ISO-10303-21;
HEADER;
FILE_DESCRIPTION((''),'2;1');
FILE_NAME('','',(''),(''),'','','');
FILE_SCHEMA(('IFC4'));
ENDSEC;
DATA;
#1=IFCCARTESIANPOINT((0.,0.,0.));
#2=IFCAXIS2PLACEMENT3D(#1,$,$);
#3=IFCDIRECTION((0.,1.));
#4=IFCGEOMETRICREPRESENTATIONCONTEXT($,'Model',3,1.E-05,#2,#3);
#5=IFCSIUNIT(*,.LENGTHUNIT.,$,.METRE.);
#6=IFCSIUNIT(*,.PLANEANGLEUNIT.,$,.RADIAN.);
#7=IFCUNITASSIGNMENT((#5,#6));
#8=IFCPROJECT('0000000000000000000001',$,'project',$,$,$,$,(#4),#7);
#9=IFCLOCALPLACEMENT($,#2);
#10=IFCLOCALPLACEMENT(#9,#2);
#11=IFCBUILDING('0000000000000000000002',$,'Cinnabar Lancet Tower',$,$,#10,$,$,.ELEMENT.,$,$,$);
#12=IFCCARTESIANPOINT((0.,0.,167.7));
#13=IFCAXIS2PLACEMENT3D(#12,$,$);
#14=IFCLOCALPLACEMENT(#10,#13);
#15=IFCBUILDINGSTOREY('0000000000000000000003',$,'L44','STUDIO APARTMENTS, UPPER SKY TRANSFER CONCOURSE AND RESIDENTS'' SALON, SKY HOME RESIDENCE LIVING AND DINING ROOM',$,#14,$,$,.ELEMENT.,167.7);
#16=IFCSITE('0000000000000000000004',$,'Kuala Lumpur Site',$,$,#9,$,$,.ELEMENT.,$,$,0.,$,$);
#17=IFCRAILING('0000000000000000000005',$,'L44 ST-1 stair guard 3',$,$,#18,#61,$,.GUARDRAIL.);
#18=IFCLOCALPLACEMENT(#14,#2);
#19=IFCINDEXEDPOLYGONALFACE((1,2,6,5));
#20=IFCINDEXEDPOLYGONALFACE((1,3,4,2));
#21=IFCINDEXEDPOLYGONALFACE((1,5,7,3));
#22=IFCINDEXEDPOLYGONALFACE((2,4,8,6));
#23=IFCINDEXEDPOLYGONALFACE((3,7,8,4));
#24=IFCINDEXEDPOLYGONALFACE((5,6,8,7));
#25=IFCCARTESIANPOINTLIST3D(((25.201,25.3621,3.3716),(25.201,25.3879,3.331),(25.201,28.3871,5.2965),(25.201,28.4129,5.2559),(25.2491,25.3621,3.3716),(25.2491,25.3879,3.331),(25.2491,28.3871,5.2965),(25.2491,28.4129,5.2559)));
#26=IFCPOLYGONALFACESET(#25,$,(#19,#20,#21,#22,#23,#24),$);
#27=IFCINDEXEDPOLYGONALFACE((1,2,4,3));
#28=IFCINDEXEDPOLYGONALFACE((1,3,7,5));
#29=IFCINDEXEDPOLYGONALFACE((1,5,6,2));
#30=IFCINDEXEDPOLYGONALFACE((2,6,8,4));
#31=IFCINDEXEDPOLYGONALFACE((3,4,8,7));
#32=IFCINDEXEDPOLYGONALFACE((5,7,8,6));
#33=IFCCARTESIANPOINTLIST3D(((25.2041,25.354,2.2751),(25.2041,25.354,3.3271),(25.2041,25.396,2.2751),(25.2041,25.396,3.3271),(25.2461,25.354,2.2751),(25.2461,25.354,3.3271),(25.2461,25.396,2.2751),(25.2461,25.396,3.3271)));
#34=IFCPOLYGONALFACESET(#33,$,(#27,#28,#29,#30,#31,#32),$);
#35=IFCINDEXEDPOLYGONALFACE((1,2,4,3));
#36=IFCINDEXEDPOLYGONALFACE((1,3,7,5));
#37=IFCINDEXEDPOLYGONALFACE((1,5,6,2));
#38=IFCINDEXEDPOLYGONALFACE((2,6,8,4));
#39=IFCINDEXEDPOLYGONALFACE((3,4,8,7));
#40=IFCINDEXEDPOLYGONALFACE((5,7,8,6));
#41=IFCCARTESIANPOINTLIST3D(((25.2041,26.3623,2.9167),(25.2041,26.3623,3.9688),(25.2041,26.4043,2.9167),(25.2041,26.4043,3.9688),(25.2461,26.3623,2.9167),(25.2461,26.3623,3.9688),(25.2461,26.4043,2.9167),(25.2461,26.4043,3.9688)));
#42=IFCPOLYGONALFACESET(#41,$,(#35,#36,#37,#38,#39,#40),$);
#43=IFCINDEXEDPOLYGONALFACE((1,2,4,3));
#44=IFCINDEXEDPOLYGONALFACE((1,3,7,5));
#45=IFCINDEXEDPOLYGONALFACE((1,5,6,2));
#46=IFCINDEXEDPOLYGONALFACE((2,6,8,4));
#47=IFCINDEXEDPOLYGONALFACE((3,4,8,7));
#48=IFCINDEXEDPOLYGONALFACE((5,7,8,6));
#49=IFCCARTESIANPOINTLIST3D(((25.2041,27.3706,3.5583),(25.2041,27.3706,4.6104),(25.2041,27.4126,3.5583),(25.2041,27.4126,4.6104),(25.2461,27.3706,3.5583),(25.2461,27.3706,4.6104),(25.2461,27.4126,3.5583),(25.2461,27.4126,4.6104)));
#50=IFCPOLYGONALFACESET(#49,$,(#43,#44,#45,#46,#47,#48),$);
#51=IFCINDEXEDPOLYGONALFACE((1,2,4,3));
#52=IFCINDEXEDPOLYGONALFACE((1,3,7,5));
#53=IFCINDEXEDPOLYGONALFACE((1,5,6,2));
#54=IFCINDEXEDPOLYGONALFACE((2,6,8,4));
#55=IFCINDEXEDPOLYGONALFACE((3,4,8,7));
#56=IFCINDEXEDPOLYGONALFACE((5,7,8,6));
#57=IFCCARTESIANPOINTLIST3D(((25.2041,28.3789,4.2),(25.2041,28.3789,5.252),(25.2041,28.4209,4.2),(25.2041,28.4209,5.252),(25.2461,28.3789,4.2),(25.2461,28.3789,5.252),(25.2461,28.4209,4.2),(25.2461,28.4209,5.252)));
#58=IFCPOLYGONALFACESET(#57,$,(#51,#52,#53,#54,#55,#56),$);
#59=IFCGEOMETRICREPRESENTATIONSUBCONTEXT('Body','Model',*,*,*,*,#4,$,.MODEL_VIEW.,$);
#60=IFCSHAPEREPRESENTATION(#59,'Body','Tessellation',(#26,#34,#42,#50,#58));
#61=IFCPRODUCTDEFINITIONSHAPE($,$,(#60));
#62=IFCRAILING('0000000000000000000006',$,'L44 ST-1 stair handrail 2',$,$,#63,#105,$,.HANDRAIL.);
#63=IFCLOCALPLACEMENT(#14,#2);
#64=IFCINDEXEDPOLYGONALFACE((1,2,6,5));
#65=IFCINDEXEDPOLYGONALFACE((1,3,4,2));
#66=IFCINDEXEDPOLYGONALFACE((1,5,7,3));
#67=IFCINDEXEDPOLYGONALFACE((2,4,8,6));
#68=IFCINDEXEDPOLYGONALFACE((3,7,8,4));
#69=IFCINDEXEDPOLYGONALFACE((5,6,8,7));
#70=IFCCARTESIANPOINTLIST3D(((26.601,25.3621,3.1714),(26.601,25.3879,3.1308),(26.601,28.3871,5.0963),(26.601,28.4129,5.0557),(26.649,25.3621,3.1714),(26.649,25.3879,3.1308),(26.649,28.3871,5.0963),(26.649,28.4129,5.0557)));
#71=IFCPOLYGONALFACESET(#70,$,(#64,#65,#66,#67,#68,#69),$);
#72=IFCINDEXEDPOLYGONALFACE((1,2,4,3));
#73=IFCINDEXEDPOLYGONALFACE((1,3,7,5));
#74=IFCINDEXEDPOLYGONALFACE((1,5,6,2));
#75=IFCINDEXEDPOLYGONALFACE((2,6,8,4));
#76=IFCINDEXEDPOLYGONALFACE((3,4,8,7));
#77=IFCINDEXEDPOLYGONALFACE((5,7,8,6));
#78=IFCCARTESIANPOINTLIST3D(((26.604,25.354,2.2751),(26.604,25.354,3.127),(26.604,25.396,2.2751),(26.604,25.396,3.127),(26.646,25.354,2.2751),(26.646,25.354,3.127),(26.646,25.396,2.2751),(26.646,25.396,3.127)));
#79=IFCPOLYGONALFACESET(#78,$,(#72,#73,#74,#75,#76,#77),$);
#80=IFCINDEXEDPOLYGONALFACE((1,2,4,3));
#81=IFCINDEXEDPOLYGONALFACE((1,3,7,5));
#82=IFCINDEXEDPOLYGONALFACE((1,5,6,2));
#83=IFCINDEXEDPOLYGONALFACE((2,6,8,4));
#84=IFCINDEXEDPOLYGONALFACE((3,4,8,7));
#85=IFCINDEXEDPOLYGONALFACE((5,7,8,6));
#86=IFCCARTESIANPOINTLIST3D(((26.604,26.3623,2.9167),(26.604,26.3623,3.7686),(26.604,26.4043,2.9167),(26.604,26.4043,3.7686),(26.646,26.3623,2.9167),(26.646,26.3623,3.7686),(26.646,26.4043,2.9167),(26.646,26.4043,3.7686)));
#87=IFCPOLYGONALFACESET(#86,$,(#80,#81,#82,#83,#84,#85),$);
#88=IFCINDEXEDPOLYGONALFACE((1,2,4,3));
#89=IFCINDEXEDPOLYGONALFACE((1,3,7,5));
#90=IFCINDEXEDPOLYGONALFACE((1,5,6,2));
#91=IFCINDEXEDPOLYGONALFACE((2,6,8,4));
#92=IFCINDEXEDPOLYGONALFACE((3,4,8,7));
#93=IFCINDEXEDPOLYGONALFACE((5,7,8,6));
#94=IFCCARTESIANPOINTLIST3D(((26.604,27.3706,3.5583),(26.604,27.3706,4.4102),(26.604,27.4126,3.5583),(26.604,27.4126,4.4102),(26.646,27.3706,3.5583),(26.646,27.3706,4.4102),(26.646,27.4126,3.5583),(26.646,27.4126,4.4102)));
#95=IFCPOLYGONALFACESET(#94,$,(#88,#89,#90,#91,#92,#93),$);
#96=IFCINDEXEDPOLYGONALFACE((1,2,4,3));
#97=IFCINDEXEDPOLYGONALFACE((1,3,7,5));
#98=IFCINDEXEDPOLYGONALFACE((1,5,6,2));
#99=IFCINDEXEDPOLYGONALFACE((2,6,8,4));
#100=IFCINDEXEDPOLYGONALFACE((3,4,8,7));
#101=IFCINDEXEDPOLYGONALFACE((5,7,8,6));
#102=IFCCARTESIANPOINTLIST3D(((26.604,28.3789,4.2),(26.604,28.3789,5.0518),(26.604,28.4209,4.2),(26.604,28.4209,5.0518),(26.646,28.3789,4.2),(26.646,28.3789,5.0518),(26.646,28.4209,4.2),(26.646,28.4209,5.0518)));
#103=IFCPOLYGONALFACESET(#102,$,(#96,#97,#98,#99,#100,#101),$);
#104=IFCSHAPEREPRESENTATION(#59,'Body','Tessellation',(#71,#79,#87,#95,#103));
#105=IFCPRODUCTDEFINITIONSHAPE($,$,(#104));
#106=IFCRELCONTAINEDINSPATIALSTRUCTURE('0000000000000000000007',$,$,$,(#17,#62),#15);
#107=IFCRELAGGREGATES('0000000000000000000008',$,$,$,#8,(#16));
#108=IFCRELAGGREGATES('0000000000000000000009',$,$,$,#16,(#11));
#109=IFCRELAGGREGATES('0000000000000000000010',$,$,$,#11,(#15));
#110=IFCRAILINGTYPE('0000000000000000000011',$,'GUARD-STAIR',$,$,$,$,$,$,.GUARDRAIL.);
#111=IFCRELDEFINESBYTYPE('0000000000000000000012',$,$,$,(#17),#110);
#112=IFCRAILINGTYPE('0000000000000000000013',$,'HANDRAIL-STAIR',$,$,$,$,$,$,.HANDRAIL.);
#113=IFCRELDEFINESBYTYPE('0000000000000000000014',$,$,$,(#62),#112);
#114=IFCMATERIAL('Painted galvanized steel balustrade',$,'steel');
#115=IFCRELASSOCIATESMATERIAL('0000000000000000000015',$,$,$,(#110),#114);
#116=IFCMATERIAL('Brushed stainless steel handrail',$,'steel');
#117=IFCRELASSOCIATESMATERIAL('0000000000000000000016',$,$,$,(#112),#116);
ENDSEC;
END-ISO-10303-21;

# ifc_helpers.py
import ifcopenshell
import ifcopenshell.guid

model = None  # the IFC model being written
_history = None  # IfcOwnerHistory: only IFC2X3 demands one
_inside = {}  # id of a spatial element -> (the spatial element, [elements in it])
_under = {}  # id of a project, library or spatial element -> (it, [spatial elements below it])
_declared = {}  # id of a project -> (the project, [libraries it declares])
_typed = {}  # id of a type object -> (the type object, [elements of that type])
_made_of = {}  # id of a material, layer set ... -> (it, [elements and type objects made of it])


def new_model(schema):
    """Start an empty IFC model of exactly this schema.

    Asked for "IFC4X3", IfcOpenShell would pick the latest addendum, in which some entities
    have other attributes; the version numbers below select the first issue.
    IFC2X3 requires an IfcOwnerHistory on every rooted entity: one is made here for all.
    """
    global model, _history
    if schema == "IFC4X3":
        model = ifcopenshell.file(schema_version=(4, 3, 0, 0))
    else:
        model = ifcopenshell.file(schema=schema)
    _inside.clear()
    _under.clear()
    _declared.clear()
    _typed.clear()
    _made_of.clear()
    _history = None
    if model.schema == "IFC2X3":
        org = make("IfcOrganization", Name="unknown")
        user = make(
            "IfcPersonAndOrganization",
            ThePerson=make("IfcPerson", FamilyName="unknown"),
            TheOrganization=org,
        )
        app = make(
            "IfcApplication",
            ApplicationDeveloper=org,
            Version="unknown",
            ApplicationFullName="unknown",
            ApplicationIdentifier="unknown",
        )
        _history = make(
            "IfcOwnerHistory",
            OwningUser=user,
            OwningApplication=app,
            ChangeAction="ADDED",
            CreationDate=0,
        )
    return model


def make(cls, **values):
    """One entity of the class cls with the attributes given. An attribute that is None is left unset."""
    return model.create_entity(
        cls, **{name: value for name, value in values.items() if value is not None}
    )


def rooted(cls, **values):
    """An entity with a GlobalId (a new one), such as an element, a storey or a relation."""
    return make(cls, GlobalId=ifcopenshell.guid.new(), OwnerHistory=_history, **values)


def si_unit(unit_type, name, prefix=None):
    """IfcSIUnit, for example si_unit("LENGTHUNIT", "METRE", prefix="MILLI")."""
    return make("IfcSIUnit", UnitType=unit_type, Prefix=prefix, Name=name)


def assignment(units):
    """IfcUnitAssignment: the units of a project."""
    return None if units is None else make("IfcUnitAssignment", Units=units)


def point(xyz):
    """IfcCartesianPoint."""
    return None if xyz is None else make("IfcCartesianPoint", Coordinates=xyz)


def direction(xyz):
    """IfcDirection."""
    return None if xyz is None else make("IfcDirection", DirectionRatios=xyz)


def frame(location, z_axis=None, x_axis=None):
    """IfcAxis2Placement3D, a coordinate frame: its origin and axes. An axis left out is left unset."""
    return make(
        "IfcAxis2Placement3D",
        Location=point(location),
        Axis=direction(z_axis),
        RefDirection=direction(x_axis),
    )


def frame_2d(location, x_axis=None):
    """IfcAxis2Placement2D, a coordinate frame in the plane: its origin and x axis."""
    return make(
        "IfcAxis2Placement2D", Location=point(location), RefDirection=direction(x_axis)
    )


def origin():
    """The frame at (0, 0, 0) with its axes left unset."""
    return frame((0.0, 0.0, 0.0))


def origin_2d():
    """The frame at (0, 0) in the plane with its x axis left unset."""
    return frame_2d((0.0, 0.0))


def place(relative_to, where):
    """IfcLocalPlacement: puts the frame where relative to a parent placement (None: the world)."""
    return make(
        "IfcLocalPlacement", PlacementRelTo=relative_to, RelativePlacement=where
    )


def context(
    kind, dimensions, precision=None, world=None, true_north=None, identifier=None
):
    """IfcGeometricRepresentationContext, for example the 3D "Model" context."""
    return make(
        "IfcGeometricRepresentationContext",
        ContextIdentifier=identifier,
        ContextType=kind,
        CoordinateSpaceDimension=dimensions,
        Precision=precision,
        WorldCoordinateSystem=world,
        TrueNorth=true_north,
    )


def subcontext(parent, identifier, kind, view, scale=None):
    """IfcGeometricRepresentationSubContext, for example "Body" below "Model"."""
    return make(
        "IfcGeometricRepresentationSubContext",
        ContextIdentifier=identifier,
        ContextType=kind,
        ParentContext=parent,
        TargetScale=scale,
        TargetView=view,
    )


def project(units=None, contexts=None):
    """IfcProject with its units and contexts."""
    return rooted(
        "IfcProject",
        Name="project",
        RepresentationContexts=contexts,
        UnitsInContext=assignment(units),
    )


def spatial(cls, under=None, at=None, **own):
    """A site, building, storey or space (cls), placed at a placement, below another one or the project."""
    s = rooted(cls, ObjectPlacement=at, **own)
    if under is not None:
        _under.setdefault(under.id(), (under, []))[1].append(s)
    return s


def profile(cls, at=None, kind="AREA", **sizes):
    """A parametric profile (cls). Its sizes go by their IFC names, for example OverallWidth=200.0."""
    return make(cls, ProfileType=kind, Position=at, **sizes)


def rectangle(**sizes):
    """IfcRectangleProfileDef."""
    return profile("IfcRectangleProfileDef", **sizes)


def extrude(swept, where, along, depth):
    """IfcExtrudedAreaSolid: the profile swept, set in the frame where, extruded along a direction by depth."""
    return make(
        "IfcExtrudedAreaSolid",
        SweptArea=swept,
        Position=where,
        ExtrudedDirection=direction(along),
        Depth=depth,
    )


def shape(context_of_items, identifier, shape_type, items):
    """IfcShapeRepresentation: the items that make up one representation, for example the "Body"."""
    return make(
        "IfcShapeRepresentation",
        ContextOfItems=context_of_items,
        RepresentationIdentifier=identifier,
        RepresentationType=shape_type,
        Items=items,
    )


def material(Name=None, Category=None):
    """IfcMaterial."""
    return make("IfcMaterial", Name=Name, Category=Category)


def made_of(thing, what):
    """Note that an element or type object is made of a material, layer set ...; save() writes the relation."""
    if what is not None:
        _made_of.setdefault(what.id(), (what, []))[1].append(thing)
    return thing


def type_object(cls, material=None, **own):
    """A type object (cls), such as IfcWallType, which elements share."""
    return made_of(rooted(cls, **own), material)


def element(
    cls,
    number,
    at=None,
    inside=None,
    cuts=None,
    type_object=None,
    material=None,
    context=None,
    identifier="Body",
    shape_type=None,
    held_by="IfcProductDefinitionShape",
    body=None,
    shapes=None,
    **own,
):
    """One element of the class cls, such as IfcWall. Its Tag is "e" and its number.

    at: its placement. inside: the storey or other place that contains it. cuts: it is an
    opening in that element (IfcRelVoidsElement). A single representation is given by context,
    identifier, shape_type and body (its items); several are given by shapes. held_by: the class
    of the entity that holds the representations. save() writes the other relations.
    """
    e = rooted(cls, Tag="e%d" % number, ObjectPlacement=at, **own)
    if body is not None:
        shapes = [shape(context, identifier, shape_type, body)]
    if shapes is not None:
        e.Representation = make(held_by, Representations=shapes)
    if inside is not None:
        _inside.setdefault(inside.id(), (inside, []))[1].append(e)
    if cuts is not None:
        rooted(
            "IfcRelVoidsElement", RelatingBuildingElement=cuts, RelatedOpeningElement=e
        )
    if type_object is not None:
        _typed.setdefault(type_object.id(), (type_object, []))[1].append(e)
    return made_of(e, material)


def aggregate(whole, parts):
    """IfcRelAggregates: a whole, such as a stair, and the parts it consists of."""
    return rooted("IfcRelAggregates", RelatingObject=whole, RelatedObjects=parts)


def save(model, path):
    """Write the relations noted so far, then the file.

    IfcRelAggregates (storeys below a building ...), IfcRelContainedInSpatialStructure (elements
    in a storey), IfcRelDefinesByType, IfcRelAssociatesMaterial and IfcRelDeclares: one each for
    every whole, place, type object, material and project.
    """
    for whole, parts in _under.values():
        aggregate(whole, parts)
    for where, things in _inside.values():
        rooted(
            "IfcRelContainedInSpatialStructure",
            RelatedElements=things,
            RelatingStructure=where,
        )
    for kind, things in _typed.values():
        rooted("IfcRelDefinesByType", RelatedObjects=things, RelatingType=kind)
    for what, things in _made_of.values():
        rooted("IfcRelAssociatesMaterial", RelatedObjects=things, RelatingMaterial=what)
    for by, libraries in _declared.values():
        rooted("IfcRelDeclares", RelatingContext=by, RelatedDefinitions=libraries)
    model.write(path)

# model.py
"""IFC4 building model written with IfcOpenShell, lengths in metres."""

from ifc_helpers import new_model, si_unit, direction, frame, origin, origin_2d, place, context, subcontext, project, spatial, rectangle, extrude, material, type_object, element, save


model = new_model("IFC4")

# Units and contexts
model_context = context("Model", 3, precision=1e-05, world=origin(), true_north=direction((0.0, 1.0)))
body_context = subcontext(model_context, "Body", "Model", "MODEL_VIEW")
ifc_project = project(units=[si_unit("LENGTHUNIT", "METRE"), si_unit("PLANEANGLEUNIT", "RADIAN")], contexts=[model_context])

# Site, building, storey
site_placement = place(None, origin())
site = spatial("IfcSite", under=ifc_project, at=site_placement, Name="Kuala Lumpur Site", CompositionType="ELEMENT", RefElevation=0.0)
building_placement = place(site_placement, origin())
building = spatial("IfcBuilding", under=site, at=building_placement, Name="Cinnabar Lancet Tower", CompositionType="ELEMENT")
storey_placement = place(building_placement, frame((0.0, 0.0, 167.7)))
storey = spatial("IfcBuildingStorey", under=building, at=storey_placement, Name="L44", Description="STUDIO APARTMENTS, UPPER SKY TRANSFER CONCOURSE AND RESIDENTS' SALON, SKY HOME RESIDENCE LIVING AND DINING ROOM", CompositionType="ELEMENT", Elevation=167.7)

# Railings
ifc_material_1 = material(Name="Painted galvanized steel balustrade", Category="steel")
railing_type_1 = type_object("IfcRailingType", Name="GUARD-STAIR", PredefinedType="GUARDRAIL", material=ifc_material_1)
railing_1_placement = place(storey_placement, frame((25.2251, 25.375, 2.2751)))
element("IfcRailing", 1, at=railing_1_placement, inside=storey, type_object=railing_type_1, Name="L44 ST-1 stair guard 3", PredefinedType="GUARDRAIL", context=body_context, shape_type="SweptSolid", body=[
    extrude(rectangle(XDim=0.0481, YDim=0.0481, at=origin_2d()), frame((0.0, 0.0, 1.0762), z_axis=(0.0, 0.843678, 0.536849), x_axis=(-1.0, 0.0, 0.0)), (0.0, 0.0, 1.0), 3.5854),
    extrude(rectangle(XDim=0.042, YDim=0.042, at=origin_2d()), origin(), (0.0, 0.0, 1.0), 1.052),
    extrude(rectangle(XDim=0.042, YDim=0.042, at=origin_2d()), frame((0.0, 1.0083, 0.6416)), (0.0, 0.0, 1.0), 1.052),
    extrude(rectangle(XDim=0.042, YDim=0.042, at=origin_2d()), frame((0.0, 2.0166, 1.2832)), (0.0, 0.0, 1.0), 1.052),
    extrude(rectangle(XDim=0.042, YDim=0.042, at=origin_2d()), frame((0.0, 3.0249, 1.9248)), (0.0, 0.0, 1.0), 1.052),
])
ifc_material_2 = material(Name="Brushed stainless steel handrail", Category="steel")
railing_type_2 = type_object("IfcRailingType", Name="HANDRAIL-STAIR", PredefinedType="HANDRAIL", material=ifc_material_2)
railing_2_placement = place(storey_placement, frame((26.625, 25.375, 2.2751)))
element("IfcRailing", 2, at=railing_2_placement, inside=storey, type_object=railing_type_2, Name="L44 ST-1 stair handrail 2", PredefinedType="HANDRAIL", context=body_context, shape_type="SweptSolid", body=[
    extrude(rectangle(XDim=0.0481, YDim=0.0481, at=origin_2d()), frame((0.0, 0.0, 0.876), z_axis=(0.0, 0.843678, 0.536849), x_axis=(-1.0, 0.0, 0.0)), (0.0, 0.0, 1.0), 3.5854),
    extrude(rectangle(XDim=0.042, YDim=0.042, at=origin_2d()), origin(), (0.0, 0.0, 1.0), 0.8518),
    extrude(rectangle(XDim=0.042, YDim=0.042, at=origin_2d()), frame((0.0, 1.0083, 0.6416)), (0.0, 0.0, 1.0), 0.8518),
    extrude(rectangle(XDim=0.042, YDim=0.042, at=origin_2d()), frame((0.0, 2.0166, 1.2832)), (0.0, 0.0, 1.0), 0.8518),
    extrude(rectangle(XDim=0.042, YDim=0.042, at=origin_2d()), frame((0.0, 3.0249, 1.9248)), (0.0, 0.0, 1.0), 0.8518),
])

save(model, "model.ifc")
